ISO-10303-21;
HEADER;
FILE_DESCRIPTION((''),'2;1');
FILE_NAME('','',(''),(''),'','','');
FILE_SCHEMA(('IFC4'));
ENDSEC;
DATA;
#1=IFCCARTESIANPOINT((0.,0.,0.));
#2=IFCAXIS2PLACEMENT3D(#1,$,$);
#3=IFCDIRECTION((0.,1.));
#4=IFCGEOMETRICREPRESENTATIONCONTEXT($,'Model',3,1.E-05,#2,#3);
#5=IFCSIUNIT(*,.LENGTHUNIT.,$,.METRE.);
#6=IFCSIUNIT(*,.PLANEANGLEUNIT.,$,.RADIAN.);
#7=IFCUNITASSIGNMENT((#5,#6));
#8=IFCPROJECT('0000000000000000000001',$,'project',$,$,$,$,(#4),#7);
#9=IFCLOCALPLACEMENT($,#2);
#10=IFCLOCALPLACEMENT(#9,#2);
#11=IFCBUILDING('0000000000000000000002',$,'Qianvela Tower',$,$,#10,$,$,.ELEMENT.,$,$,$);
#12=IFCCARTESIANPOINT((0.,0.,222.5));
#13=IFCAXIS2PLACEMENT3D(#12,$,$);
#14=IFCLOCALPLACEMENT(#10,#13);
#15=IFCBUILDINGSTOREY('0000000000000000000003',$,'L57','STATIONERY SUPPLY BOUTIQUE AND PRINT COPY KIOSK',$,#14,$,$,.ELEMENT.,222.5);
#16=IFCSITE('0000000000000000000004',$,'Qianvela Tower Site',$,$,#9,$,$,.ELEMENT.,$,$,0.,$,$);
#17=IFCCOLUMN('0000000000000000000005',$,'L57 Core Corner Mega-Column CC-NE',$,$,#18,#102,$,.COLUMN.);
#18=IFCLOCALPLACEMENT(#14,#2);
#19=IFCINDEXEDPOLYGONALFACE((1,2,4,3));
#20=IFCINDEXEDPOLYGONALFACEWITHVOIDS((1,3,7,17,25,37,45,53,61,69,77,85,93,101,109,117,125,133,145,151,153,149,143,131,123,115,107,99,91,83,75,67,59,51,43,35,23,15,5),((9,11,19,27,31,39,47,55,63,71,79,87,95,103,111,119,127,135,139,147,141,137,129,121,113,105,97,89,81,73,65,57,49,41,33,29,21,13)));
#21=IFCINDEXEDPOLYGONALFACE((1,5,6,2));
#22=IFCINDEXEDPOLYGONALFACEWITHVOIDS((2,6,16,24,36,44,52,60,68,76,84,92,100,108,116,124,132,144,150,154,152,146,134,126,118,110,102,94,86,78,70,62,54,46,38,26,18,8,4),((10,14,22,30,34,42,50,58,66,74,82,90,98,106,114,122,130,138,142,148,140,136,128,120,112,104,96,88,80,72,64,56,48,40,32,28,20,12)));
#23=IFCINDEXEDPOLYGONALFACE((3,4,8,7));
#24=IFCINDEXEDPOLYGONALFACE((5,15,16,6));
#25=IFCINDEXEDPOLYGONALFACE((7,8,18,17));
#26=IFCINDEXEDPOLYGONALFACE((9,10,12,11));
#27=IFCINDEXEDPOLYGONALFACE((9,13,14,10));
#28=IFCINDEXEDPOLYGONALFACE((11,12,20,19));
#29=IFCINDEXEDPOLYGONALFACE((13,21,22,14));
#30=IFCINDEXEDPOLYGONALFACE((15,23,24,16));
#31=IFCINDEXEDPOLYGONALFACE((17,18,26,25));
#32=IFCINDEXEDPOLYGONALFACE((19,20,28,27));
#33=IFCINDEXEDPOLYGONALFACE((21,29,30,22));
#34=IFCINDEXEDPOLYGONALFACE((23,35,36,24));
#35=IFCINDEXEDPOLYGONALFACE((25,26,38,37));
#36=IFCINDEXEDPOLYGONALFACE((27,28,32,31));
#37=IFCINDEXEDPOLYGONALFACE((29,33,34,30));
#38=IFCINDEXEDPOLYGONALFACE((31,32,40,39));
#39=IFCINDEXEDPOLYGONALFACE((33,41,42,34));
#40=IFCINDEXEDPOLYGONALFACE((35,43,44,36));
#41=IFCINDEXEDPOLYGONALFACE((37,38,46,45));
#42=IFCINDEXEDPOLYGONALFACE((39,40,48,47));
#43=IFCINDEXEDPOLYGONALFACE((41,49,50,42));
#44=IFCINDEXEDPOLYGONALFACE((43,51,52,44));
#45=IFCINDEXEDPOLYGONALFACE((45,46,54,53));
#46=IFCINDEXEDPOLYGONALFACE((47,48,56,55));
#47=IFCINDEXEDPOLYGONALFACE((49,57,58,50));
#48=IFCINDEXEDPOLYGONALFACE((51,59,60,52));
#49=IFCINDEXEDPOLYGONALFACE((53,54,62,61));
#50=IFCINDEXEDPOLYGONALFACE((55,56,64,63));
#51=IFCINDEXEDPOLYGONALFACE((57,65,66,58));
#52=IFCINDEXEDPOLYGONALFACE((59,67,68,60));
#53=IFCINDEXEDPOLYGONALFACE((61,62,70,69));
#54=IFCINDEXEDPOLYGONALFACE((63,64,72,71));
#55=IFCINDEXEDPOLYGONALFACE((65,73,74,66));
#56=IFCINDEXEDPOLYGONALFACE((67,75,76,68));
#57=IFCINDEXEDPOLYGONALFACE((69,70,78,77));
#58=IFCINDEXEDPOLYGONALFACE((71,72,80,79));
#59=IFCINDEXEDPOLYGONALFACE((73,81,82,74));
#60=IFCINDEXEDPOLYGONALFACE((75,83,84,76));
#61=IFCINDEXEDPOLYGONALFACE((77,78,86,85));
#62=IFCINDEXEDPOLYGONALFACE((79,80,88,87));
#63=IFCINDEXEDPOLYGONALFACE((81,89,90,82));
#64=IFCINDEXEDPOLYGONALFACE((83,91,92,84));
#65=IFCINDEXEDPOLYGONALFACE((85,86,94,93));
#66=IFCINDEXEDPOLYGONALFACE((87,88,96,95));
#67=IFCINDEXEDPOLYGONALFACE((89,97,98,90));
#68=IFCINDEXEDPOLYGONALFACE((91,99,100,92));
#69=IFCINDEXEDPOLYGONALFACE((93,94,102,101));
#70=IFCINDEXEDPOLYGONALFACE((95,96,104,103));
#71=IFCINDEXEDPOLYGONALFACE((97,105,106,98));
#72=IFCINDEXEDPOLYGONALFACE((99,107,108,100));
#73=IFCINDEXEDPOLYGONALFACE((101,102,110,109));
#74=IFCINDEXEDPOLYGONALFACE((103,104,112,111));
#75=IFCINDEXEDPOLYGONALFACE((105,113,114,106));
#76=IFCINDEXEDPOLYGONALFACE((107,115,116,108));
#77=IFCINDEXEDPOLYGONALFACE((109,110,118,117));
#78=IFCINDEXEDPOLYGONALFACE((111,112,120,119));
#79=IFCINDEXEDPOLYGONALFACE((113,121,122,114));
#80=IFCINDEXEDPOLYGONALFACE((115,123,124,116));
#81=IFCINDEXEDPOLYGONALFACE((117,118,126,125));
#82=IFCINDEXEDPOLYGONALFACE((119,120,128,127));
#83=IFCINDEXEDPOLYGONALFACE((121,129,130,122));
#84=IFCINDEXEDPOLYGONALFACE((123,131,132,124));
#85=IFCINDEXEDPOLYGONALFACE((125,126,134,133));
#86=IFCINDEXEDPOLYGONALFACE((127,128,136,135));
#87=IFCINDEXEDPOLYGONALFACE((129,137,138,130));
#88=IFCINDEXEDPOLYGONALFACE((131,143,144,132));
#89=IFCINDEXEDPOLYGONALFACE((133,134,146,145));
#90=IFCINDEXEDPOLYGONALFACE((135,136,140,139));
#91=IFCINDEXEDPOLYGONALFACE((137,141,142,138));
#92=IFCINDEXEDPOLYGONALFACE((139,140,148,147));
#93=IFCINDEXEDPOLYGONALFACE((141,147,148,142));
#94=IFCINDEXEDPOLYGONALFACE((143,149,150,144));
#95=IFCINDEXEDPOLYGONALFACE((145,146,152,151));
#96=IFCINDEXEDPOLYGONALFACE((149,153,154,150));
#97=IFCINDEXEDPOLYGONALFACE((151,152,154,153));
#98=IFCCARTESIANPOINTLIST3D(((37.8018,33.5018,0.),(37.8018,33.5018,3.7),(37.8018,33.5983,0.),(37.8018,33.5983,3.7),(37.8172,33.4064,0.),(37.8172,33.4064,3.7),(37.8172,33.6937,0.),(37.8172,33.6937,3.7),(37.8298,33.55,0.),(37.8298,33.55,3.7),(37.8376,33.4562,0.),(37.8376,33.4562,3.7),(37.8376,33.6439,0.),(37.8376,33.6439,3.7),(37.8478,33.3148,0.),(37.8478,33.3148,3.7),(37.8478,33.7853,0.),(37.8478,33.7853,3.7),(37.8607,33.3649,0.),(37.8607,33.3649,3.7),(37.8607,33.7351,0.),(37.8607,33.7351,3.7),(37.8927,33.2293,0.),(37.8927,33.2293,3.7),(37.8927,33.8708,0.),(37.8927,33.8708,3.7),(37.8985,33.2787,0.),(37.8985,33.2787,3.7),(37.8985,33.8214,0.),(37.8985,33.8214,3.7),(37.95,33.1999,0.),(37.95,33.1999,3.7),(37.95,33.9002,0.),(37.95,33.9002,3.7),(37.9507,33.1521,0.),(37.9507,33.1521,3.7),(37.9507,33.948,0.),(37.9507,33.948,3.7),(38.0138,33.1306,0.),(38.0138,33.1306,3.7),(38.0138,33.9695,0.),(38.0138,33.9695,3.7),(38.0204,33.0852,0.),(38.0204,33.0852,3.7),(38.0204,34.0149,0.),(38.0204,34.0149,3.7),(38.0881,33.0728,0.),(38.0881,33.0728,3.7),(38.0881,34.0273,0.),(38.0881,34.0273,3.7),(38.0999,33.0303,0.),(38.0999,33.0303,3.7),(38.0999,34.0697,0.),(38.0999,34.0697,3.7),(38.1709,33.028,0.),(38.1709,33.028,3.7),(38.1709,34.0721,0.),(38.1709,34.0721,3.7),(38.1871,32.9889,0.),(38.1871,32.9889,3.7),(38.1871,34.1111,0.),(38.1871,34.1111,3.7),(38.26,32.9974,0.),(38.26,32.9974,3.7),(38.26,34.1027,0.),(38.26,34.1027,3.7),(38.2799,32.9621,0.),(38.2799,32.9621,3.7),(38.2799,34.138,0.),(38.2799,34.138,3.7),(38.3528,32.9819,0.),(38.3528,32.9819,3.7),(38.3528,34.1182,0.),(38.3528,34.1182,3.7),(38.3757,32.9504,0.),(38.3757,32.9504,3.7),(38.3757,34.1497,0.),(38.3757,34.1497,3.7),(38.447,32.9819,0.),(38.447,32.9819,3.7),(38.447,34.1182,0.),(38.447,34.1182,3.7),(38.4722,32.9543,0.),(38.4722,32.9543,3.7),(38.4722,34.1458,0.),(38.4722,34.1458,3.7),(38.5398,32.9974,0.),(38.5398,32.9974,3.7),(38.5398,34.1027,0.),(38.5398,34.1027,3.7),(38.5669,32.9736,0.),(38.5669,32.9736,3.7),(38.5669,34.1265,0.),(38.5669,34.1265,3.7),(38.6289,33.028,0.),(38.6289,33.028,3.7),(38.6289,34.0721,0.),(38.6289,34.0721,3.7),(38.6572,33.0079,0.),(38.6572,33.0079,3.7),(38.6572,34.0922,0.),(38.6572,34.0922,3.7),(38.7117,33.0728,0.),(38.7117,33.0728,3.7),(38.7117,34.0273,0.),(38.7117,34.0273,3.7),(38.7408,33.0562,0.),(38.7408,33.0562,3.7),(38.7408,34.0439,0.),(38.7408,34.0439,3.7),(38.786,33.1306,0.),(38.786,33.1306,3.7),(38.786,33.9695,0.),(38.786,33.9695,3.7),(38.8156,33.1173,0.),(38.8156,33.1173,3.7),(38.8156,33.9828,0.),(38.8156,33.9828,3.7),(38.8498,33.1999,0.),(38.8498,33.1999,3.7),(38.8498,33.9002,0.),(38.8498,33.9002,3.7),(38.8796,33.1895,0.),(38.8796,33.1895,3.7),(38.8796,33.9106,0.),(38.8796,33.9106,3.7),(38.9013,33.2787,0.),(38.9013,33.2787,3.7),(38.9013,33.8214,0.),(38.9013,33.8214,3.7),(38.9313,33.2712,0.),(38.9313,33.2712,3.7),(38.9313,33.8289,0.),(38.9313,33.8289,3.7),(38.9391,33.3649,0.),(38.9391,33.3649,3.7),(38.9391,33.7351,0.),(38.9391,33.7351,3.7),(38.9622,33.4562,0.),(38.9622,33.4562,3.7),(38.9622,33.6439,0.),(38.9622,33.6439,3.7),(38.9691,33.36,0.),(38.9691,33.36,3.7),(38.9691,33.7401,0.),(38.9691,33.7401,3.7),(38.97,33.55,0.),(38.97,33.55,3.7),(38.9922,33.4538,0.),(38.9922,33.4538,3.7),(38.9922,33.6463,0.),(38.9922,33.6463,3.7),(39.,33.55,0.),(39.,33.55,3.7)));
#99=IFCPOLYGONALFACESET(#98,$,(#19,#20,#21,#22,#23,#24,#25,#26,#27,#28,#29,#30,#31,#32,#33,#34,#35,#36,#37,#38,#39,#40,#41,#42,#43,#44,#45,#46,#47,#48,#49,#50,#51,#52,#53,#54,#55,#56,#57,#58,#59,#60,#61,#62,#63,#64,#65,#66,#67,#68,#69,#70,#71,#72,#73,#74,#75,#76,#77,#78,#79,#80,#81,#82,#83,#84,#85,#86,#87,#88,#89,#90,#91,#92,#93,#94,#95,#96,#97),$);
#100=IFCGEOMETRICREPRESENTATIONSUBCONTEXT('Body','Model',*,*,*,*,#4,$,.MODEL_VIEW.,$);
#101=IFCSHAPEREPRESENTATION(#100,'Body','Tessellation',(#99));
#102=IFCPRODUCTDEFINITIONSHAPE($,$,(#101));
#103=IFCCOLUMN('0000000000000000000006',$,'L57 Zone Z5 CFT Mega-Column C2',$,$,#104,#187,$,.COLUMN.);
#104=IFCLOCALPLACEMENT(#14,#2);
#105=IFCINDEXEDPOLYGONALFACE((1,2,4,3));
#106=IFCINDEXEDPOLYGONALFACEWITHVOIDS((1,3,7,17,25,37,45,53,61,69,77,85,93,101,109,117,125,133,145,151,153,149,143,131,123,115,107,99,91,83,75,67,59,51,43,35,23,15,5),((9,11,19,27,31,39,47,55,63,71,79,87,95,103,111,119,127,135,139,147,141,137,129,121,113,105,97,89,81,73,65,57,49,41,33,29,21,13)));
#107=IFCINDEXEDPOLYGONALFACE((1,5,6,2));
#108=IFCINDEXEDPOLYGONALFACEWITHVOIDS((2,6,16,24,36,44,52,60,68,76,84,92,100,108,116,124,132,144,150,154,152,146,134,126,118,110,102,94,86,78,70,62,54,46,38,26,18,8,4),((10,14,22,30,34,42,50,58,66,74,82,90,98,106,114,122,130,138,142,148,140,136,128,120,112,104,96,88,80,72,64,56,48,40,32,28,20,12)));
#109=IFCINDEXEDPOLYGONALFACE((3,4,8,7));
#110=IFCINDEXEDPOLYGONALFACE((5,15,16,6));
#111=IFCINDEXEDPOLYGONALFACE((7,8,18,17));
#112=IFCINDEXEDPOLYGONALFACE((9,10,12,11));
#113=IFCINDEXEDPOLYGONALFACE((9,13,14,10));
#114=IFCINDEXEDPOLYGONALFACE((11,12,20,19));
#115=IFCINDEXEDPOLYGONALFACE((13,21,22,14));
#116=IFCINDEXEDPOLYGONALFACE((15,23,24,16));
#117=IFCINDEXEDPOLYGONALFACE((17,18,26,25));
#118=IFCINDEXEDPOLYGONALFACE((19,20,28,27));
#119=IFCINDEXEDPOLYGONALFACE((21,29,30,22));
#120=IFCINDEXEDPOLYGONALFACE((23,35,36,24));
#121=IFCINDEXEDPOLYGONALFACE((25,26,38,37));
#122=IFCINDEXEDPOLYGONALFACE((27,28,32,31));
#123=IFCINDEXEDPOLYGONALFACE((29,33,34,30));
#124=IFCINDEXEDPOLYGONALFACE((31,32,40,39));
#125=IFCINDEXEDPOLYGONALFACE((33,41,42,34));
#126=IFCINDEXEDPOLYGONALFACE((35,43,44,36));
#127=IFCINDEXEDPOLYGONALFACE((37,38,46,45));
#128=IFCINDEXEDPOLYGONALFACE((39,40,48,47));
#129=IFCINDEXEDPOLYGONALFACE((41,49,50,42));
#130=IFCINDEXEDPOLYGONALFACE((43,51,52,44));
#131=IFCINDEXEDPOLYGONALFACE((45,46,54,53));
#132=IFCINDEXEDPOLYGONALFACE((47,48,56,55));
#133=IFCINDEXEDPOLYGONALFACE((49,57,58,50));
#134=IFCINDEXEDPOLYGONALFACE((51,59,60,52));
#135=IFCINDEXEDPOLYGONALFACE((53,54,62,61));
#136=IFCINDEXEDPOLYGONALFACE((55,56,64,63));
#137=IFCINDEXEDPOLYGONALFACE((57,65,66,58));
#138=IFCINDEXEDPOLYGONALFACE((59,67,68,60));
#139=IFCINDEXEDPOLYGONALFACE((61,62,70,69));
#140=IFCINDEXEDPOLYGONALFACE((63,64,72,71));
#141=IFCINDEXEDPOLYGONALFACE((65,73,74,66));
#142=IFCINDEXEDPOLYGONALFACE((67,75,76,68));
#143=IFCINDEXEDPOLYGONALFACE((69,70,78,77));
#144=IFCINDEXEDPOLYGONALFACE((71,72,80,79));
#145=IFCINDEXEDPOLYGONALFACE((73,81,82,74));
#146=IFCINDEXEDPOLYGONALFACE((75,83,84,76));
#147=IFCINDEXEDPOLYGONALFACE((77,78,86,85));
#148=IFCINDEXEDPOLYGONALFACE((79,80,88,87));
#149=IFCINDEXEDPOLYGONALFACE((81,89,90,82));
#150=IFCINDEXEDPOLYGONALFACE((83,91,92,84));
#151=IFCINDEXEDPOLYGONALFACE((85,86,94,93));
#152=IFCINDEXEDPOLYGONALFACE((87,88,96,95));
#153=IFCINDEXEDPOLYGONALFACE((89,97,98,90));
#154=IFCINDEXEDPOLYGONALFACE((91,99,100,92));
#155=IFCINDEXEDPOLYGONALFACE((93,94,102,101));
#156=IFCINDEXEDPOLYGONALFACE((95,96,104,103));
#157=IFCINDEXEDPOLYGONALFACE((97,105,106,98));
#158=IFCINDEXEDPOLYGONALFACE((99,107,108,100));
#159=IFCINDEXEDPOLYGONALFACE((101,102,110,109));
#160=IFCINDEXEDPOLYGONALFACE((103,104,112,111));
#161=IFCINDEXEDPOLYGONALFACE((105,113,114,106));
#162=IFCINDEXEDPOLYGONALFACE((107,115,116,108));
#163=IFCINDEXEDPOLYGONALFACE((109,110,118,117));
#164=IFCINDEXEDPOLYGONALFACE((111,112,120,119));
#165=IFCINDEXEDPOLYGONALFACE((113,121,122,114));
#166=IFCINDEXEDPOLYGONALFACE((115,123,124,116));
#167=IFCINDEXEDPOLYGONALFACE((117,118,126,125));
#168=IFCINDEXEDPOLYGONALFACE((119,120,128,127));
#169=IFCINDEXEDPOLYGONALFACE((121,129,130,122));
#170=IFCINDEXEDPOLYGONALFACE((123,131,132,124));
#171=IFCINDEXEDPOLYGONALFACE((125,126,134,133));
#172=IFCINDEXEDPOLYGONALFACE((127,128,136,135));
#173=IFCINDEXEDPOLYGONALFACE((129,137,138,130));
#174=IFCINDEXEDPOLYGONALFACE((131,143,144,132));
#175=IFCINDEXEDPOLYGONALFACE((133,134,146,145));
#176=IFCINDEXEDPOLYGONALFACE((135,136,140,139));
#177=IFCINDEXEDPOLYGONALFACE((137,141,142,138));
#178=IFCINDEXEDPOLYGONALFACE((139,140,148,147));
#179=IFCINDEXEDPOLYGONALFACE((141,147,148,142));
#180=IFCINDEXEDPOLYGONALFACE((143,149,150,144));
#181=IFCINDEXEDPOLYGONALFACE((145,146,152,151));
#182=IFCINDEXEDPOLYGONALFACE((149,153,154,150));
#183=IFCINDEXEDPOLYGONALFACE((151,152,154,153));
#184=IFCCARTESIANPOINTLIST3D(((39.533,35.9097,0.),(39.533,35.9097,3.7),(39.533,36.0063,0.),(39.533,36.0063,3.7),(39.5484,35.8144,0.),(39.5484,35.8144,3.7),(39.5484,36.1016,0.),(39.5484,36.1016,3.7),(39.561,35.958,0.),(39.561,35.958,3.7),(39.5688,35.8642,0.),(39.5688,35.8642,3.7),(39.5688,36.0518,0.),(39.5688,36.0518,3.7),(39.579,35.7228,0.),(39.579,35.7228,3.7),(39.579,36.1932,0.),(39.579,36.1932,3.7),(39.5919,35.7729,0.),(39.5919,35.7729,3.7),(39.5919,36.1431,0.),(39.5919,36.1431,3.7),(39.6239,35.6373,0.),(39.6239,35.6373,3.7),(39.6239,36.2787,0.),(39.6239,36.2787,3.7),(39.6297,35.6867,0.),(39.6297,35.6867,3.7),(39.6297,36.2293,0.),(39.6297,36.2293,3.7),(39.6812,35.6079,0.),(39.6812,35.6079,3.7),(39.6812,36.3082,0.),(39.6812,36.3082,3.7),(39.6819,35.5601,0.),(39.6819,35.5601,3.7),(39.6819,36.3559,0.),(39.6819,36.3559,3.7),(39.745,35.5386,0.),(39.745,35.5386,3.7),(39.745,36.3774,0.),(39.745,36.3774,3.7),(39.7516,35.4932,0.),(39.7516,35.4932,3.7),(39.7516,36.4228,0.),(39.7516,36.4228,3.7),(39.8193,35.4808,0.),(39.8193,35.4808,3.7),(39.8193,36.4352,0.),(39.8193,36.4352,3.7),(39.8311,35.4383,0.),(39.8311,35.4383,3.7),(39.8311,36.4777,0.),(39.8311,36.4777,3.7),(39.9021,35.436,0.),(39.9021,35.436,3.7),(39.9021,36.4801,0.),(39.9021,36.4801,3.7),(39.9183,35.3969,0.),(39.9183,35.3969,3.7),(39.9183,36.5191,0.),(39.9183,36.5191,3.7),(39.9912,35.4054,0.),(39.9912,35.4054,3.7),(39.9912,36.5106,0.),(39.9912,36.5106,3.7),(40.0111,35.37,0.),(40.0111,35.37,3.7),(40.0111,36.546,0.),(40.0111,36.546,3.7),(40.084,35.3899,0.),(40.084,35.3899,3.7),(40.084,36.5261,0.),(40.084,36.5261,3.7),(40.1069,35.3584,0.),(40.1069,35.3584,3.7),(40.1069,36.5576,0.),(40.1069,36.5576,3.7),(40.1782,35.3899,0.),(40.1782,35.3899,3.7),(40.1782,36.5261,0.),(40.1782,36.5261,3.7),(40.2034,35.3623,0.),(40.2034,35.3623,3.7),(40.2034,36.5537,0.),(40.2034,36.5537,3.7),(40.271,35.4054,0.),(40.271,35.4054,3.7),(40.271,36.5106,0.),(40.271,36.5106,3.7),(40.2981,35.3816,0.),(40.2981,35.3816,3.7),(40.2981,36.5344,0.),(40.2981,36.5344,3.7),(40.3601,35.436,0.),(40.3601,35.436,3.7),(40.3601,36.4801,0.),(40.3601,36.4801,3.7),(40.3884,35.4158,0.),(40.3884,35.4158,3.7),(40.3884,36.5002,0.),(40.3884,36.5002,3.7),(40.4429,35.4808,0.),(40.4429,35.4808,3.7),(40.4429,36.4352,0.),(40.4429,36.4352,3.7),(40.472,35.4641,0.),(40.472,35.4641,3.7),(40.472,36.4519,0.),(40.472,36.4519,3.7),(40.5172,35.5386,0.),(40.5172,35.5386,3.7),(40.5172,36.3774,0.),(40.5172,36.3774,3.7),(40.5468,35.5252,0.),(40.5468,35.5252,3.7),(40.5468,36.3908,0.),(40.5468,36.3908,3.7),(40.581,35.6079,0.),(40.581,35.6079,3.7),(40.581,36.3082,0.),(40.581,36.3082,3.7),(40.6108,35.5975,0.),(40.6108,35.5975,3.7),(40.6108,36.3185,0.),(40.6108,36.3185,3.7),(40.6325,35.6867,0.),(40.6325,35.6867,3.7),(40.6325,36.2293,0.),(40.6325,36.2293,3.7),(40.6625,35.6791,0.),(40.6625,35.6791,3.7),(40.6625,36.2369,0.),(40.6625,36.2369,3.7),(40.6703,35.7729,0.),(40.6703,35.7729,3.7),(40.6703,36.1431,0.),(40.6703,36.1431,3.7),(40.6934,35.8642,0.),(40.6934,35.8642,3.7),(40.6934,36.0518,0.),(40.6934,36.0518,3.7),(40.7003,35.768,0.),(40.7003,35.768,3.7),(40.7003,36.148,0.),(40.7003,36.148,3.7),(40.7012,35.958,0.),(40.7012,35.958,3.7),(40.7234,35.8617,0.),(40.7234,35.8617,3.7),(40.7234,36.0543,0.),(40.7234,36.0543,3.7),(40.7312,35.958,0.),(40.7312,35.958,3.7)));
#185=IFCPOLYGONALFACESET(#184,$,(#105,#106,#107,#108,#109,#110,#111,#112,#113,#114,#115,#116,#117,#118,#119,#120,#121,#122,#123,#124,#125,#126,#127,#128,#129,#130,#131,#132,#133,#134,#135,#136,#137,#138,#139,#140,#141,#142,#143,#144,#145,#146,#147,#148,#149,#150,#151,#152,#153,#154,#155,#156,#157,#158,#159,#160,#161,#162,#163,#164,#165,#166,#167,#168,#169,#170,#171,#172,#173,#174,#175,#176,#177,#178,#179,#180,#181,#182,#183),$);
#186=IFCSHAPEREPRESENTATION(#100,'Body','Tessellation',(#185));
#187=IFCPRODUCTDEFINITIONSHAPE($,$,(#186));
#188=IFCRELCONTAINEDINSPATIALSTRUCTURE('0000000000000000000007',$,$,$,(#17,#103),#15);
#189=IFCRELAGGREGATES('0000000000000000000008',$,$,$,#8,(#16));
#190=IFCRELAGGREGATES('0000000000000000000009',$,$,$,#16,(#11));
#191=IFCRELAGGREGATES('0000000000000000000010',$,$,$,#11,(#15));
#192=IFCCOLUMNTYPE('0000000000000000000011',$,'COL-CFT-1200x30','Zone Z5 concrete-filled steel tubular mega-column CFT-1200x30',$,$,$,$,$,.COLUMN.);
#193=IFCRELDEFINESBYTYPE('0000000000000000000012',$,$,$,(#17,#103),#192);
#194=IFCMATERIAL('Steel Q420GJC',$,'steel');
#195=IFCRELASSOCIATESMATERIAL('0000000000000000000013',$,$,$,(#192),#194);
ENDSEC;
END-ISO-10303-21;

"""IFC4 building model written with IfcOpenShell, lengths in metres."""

from ifc_helpers import new_model, si_unit, direction, frame, origin, origin_2d, place, context, subcontext, project, spatial, hollow_circle, extrude, material, material_profile, profile_set, type_object, element, save


model = new_model("IFC4")

# Units and contexts
model_context = context("Model", 3, precision=1e-05, world=origin(), true_north=direction((0.0, 1.0)))
body_context = subcontext(model_context, "Body", "Model", "MODEL_VIEW")
ifc_project = project(units=[si_unit("LENGTHUNIT", "METRE"), si_unit("PLANEANGLEUNIT", "RADIAN")], contexts=[model_context])

# Site, building, storey
site_placement = place(None, origin())
site = spatial("IfcSite", under=ifc_project, at=site_placement, Name="Qianvela Tower Site", CompositionType="ELEMENT", RefElevation=0.0)
building_placement = place(site_placement, origin())
building = spatial("IfcBuilding", under=site, at=building_placement, Name="Qianvela Tower", CompositionType="ELEMENT")
storey_placement = place(building_placement, frame((0.0, 0.0, 222.5)))
storey = spatial("IfcBuildingStorey", under=building, at=storey_placement, Name="L57", Description="STATIONERY SUPPLY BOUTIQUE AND PRINT COPY KIOSK", CompositionType="ELEMENT", Elevation=222.5)

# Columns
ifc_material_1 = material(Name="Steel Q420GJC", Category="steel")
ifc_material_profile_1 = material_profile(ifc_material_1, hollow_circle(Radius=0.6001, WallThickness=0.03, at=origin_2d()), Name="CFT-1200x30")
ifc_profile_set_1 = profile_set([ifc_material_profile_1], Name="Steel Q420GJC")
column_type = type_object("IfcColumnType", Name="COL-CFT-1200x30", Description="Zone Z5 concrete-filled steel tubular mega-column CFT-1200x30", PredefinedType="COLUMN", material=ifc_profile_set_1)
for number, where, z_axis, x_axis, name in (
    (1, (38.3999, 33.55, 0.0), (0.0, 0.0, 1.0), (1.0, 0.0, 0.0), "L57 Core Corner Mega-Column CC-NE"),
    (2, (40.1311, 35.958, 0.0), (0.0, 0.0, 1.0), (1.0, 0.0, 0.0), "L57 Zone Z5 CFT Mega-Column C2"),
):
    element("IfcColumn", number, at=place(storey_placement, frame(where, z_axis=z_axis, x_axis=x_axis)), inside=storey, type_object=column_type, Name=name, PredefinedType="COLUMN", context=body_context, shape_type="SweptSolid", body=[
        extrude(hollow_circle(Radius=0.6001, WallThickness=0.03, at=origin_2d()), origin(), (0.0, 0.0, 1.0), 3.7),
    ])

save(model, "model.ifc")
